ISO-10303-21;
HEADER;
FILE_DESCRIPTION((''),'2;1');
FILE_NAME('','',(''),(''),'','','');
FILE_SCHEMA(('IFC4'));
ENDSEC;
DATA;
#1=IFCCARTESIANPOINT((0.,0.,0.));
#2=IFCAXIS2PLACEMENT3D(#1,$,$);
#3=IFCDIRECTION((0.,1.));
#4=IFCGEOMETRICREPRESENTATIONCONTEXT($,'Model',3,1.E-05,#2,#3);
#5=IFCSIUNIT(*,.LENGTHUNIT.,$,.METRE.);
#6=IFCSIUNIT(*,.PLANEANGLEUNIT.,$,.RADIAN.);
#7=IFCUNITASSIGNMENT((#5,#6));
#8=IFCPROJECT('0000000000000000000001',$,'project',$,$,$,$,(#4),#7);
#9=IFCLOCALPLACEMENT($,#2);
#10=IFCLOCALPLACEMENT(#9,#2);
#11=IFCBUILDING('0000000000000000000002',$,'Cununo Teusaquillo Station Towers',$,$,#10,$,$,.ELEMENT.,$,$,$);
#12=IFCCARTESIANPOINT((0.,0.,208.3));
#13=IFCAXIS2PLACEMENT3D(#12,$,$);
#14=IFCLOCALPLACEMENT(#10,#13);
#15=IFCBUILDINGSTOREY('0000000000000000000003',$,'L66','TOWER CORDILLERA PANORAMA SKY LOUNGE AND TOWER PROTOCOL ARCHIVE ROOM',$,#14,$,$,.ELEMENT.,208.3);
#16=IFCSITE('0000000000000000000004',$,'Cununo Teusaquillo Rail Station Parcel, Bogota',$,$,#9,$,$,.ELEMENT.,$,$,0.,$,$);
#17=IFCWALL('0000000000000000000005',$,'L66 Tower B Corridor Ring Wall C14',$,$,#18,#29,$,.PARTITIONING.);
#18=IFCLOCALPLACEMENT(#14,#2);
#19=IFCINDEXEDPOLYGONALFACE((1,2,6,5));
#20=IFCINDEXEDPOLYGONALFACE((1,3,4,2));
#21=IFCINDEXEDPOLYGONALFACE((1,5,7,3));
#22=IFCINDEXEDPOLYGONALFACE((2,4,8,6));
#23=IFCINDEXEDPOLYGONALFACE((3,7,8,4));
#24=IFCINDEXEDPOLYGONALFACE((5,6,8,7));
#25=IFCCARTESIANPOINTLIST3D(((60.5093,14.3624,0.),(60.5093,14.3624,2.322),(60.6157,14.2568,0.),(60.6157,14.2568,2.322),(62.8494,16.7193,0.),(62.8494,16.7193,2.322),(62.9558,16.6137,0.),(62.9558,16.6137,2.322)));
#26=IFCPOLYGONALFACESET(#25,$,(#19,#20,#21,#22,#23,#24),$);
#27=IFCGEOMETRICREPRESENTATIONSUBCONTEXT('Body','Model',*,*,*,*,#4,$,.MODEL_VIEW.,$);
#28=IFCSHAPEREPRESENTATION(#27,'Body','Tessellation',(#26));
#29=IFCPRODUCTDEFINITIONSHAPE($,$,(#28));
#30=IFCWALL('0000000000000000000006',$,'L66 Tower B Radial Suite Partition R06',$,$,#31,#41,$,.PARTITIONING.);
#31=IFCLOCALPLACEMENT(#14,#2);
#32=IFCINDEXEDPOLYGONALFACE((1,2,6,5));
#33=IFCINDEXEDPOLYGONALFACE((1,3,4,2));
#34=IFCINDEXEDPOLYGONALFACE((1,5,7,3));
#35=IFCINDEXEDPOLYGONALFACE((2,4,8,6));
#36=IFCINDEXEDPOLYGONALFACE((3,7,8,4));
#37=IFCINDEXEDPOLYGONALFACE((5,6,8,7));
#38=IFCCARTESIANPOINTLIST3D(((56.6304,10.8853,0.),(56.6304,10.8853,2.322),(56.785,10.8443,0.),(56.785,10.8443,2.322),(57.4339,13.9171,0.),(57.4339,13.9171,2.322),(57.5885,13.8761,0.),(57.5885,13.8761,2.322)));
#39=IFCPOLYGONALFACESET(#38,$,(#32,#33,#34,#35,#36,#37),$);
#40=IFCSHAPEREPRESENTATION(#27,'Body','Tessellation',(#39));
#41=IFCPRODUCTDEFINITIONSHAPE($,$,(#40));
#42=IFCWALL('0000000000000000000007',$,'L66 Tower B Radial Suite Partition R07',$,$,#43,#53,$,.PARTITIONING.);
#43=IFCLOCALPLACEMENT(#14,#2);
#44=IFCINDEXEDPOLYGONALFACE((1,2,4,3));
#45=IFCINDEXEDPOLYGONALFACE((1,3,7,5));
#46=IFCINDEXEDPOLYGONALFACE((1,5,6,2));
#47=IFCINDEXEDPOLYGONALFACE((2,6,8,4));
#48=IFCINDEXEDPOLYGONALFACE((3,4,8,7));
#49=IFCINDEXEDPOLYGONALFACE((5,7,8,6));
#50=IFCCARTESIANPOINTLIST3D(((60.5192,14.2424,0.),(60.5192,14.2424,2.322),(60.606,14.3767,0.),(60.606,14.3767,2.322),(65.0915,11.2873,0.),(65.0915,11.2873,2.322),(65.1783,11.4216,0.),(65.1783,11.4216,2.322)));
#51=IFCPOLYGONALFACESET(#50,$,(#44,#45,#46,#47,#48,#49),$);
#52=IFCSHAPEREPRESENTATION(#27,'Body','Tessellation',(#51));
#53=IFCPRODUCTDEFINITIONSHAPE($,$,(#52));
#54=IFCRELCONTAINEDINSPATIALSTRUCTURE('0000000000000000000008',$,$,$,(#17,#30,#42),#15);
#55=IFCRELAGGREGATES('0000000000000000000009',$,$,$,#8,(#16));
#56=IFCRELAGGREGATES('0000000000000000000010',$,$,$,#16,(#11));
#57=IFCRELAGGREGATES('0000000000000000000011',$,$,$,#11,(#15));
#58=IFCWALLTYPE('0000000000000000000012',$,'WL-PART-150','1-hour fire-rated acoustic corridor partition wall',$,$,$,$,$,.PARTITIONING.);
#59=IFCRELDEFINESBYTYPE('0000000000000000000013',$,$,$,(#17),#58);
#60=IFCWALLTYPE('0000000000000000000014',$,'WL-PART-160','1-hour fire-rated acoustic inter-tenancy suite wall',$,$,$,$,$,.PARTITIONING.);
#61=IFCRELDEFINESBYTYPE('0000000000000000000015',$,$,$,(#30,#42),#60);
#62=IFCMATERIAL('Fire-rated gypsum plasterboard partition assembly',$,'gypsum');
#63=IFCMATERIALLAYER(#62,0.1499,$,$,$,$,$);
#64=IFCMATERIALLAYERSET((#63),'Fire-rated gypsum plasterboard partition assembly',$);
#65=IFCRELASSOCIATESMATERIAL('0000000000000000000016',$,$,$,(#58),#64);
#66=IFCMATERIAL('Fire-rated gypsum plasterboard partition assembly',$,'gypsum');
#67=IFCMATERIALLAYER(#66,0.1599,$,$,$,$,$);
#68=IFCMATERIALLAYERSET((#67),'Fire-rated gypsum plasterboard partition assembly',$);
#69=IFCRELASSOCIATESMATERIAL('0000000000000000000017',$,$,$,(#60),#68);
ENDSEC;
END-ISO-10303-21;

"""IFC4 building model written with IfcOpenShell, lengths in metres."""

from ifc_helpers import new_model, si_unit, direction, frame, frame_2d, origin, place, context, subcontext, project, spatial, rectangle, extrude, material, layer, layer_set, type_object, element, save


model = new_model("IFC4")

# Units and contexts
model_context = context("Model", 3, precision=1e-05, world=origin(), true_north=direction((0.0, 1.0)))
body_context = subcontext(model_context, "Body", "Model", "MODEL_VIEW")
ifc_project = project(units=[si_unit("LENGTHUNIT", "METRE"), si_unit("PLANEANGLEUNIT", "RADIAN")], contexts=[model_context])

# Site, building, storey
site_placement = place(None, origin())
site = spatial("IfcSite", under=ifc_project, at=site_placement, Name="Cununo Teusaquillo Rail Station Parcel, Bogota", CompositionType="ELEMENT", RefElevation=0.0)
building_placement = place(site_placement, origin())
building = spatial("IfcBuilding", under=site, at=building_placement, Name="Cununo Teusaquillo Station Towers", CompositionType="ELEMENT")
storey_placement = place(building_placement, frame((0.0, 0.0, 208.3)))
storey = spatial("IfcBuildingStorey", under=building, at=storey_placement, Name="L66", Description="TOWER CORDILLERA PANORAMA SKY LOUNGE AND TOWER PROTOCOL ARCHIVE ROOM", CompositionType="ELEMENT", Elevation=208.3)

# Shared definitions
ifc_material_1 = material(Name="Fire-rated gypsum plasterboard partition assembly", Category="gypsum")
ifc_layer_1 = layer(ifc_material_1, 0.1499)
ifc_layer_set_1 = layer_set([ifc_layer_1], Name="Fire-rated gypsum plasterboard partition assembly")
wall_type_1 = type_object("IfcWallType", Name="WL-PART-150", Description="1-hour fire-rated acoustic corridor partition wall", PredefinedType="PARTITIONING", material=ifc_layer_set_1)

# Walls
wall_1_placement = place(storey_placement, frame((60.5625, 14.3096, 0.0), z_axis=(0.0, 0.0, 1.0), x_axis=(0.704566, 0.709638, 0.0)))
element("IfcWall", 1, at=wall_1_placement, inside=storey, type_object=wall_type_1, Name="L66 Tower B Corridor Ring Wall C14", PredefinedType="PARTITIONING", context=body_context, shape_type="SweptSolid", body=[
    extrude(rectangle(XDim=3.3213, YDim=0.1499, at=frame_2d((1.6606, 0.0))), origin(), (0.0, 0.0, 1.0), 2.322),
])
ifc_material_2 = material(Name="Fire-rated gypsum plasterboard partition assembly", Category="gypsum")
ifc_layer_2 = layer(ifc_material_2, 0.1599)
ifc_layer_set_2 = layer_set([ifc_layer_2], Name="Fire-rated gypsum plasterboard partition assembly")
wall_type_2 = type_object("IfcWallType", Name="WL-PART-160", Description="1-hour fire-rated acoustic inter-tenancy suite wall", PredefinedType="PARTITIONING", material=ifc_layer_set_2)
wall_2_placement = place(storey_placement, frame((57.5112, 13.8967, 0.0), z_axis=(0.0, 0.0, 1.0), x_axis=(-0.256175, -0.96663, 0.0)))
element("IfcWall", 2, at=wall_2_placement, inside=storey, type_object=wall_type_2, Name="L66 Tower B Radial Suite Partition R06", PredefinedType="PARTITIONING", context=body_context, shape_type="SweptSolid", body=[
    extrude(rectangle(XDim=3.1365, YDim=0.1599, at=frame_2d((1.5684, 0.0))), origin(), (0.0, 0.0, 1.0), 2.322),
])
wall_3_placement = place(storey_placement, frame((60.5625, 14.3096, 0.0), z_axis=(0.0, 0.0, 1.0), x_axis=(0.839859, -0.542805, 0.0)))
element("IfcWall", 3, at=wall_3_placement, inside=storey, type_object=wall_type_2, Name="L66 Tower B Radial Suite Partition R07", PredefinedType="PARTITIONING", context=body_context, shape_type="SweptSolid", body=[
    extrude(rectangle(XDim=5.4441, YDim=0.1599, at=frame_2d((2.7222, 0.0))), origin(), (0.0, 0.0, 1.0), 2.322),
])

save(model, "model.ifc")
